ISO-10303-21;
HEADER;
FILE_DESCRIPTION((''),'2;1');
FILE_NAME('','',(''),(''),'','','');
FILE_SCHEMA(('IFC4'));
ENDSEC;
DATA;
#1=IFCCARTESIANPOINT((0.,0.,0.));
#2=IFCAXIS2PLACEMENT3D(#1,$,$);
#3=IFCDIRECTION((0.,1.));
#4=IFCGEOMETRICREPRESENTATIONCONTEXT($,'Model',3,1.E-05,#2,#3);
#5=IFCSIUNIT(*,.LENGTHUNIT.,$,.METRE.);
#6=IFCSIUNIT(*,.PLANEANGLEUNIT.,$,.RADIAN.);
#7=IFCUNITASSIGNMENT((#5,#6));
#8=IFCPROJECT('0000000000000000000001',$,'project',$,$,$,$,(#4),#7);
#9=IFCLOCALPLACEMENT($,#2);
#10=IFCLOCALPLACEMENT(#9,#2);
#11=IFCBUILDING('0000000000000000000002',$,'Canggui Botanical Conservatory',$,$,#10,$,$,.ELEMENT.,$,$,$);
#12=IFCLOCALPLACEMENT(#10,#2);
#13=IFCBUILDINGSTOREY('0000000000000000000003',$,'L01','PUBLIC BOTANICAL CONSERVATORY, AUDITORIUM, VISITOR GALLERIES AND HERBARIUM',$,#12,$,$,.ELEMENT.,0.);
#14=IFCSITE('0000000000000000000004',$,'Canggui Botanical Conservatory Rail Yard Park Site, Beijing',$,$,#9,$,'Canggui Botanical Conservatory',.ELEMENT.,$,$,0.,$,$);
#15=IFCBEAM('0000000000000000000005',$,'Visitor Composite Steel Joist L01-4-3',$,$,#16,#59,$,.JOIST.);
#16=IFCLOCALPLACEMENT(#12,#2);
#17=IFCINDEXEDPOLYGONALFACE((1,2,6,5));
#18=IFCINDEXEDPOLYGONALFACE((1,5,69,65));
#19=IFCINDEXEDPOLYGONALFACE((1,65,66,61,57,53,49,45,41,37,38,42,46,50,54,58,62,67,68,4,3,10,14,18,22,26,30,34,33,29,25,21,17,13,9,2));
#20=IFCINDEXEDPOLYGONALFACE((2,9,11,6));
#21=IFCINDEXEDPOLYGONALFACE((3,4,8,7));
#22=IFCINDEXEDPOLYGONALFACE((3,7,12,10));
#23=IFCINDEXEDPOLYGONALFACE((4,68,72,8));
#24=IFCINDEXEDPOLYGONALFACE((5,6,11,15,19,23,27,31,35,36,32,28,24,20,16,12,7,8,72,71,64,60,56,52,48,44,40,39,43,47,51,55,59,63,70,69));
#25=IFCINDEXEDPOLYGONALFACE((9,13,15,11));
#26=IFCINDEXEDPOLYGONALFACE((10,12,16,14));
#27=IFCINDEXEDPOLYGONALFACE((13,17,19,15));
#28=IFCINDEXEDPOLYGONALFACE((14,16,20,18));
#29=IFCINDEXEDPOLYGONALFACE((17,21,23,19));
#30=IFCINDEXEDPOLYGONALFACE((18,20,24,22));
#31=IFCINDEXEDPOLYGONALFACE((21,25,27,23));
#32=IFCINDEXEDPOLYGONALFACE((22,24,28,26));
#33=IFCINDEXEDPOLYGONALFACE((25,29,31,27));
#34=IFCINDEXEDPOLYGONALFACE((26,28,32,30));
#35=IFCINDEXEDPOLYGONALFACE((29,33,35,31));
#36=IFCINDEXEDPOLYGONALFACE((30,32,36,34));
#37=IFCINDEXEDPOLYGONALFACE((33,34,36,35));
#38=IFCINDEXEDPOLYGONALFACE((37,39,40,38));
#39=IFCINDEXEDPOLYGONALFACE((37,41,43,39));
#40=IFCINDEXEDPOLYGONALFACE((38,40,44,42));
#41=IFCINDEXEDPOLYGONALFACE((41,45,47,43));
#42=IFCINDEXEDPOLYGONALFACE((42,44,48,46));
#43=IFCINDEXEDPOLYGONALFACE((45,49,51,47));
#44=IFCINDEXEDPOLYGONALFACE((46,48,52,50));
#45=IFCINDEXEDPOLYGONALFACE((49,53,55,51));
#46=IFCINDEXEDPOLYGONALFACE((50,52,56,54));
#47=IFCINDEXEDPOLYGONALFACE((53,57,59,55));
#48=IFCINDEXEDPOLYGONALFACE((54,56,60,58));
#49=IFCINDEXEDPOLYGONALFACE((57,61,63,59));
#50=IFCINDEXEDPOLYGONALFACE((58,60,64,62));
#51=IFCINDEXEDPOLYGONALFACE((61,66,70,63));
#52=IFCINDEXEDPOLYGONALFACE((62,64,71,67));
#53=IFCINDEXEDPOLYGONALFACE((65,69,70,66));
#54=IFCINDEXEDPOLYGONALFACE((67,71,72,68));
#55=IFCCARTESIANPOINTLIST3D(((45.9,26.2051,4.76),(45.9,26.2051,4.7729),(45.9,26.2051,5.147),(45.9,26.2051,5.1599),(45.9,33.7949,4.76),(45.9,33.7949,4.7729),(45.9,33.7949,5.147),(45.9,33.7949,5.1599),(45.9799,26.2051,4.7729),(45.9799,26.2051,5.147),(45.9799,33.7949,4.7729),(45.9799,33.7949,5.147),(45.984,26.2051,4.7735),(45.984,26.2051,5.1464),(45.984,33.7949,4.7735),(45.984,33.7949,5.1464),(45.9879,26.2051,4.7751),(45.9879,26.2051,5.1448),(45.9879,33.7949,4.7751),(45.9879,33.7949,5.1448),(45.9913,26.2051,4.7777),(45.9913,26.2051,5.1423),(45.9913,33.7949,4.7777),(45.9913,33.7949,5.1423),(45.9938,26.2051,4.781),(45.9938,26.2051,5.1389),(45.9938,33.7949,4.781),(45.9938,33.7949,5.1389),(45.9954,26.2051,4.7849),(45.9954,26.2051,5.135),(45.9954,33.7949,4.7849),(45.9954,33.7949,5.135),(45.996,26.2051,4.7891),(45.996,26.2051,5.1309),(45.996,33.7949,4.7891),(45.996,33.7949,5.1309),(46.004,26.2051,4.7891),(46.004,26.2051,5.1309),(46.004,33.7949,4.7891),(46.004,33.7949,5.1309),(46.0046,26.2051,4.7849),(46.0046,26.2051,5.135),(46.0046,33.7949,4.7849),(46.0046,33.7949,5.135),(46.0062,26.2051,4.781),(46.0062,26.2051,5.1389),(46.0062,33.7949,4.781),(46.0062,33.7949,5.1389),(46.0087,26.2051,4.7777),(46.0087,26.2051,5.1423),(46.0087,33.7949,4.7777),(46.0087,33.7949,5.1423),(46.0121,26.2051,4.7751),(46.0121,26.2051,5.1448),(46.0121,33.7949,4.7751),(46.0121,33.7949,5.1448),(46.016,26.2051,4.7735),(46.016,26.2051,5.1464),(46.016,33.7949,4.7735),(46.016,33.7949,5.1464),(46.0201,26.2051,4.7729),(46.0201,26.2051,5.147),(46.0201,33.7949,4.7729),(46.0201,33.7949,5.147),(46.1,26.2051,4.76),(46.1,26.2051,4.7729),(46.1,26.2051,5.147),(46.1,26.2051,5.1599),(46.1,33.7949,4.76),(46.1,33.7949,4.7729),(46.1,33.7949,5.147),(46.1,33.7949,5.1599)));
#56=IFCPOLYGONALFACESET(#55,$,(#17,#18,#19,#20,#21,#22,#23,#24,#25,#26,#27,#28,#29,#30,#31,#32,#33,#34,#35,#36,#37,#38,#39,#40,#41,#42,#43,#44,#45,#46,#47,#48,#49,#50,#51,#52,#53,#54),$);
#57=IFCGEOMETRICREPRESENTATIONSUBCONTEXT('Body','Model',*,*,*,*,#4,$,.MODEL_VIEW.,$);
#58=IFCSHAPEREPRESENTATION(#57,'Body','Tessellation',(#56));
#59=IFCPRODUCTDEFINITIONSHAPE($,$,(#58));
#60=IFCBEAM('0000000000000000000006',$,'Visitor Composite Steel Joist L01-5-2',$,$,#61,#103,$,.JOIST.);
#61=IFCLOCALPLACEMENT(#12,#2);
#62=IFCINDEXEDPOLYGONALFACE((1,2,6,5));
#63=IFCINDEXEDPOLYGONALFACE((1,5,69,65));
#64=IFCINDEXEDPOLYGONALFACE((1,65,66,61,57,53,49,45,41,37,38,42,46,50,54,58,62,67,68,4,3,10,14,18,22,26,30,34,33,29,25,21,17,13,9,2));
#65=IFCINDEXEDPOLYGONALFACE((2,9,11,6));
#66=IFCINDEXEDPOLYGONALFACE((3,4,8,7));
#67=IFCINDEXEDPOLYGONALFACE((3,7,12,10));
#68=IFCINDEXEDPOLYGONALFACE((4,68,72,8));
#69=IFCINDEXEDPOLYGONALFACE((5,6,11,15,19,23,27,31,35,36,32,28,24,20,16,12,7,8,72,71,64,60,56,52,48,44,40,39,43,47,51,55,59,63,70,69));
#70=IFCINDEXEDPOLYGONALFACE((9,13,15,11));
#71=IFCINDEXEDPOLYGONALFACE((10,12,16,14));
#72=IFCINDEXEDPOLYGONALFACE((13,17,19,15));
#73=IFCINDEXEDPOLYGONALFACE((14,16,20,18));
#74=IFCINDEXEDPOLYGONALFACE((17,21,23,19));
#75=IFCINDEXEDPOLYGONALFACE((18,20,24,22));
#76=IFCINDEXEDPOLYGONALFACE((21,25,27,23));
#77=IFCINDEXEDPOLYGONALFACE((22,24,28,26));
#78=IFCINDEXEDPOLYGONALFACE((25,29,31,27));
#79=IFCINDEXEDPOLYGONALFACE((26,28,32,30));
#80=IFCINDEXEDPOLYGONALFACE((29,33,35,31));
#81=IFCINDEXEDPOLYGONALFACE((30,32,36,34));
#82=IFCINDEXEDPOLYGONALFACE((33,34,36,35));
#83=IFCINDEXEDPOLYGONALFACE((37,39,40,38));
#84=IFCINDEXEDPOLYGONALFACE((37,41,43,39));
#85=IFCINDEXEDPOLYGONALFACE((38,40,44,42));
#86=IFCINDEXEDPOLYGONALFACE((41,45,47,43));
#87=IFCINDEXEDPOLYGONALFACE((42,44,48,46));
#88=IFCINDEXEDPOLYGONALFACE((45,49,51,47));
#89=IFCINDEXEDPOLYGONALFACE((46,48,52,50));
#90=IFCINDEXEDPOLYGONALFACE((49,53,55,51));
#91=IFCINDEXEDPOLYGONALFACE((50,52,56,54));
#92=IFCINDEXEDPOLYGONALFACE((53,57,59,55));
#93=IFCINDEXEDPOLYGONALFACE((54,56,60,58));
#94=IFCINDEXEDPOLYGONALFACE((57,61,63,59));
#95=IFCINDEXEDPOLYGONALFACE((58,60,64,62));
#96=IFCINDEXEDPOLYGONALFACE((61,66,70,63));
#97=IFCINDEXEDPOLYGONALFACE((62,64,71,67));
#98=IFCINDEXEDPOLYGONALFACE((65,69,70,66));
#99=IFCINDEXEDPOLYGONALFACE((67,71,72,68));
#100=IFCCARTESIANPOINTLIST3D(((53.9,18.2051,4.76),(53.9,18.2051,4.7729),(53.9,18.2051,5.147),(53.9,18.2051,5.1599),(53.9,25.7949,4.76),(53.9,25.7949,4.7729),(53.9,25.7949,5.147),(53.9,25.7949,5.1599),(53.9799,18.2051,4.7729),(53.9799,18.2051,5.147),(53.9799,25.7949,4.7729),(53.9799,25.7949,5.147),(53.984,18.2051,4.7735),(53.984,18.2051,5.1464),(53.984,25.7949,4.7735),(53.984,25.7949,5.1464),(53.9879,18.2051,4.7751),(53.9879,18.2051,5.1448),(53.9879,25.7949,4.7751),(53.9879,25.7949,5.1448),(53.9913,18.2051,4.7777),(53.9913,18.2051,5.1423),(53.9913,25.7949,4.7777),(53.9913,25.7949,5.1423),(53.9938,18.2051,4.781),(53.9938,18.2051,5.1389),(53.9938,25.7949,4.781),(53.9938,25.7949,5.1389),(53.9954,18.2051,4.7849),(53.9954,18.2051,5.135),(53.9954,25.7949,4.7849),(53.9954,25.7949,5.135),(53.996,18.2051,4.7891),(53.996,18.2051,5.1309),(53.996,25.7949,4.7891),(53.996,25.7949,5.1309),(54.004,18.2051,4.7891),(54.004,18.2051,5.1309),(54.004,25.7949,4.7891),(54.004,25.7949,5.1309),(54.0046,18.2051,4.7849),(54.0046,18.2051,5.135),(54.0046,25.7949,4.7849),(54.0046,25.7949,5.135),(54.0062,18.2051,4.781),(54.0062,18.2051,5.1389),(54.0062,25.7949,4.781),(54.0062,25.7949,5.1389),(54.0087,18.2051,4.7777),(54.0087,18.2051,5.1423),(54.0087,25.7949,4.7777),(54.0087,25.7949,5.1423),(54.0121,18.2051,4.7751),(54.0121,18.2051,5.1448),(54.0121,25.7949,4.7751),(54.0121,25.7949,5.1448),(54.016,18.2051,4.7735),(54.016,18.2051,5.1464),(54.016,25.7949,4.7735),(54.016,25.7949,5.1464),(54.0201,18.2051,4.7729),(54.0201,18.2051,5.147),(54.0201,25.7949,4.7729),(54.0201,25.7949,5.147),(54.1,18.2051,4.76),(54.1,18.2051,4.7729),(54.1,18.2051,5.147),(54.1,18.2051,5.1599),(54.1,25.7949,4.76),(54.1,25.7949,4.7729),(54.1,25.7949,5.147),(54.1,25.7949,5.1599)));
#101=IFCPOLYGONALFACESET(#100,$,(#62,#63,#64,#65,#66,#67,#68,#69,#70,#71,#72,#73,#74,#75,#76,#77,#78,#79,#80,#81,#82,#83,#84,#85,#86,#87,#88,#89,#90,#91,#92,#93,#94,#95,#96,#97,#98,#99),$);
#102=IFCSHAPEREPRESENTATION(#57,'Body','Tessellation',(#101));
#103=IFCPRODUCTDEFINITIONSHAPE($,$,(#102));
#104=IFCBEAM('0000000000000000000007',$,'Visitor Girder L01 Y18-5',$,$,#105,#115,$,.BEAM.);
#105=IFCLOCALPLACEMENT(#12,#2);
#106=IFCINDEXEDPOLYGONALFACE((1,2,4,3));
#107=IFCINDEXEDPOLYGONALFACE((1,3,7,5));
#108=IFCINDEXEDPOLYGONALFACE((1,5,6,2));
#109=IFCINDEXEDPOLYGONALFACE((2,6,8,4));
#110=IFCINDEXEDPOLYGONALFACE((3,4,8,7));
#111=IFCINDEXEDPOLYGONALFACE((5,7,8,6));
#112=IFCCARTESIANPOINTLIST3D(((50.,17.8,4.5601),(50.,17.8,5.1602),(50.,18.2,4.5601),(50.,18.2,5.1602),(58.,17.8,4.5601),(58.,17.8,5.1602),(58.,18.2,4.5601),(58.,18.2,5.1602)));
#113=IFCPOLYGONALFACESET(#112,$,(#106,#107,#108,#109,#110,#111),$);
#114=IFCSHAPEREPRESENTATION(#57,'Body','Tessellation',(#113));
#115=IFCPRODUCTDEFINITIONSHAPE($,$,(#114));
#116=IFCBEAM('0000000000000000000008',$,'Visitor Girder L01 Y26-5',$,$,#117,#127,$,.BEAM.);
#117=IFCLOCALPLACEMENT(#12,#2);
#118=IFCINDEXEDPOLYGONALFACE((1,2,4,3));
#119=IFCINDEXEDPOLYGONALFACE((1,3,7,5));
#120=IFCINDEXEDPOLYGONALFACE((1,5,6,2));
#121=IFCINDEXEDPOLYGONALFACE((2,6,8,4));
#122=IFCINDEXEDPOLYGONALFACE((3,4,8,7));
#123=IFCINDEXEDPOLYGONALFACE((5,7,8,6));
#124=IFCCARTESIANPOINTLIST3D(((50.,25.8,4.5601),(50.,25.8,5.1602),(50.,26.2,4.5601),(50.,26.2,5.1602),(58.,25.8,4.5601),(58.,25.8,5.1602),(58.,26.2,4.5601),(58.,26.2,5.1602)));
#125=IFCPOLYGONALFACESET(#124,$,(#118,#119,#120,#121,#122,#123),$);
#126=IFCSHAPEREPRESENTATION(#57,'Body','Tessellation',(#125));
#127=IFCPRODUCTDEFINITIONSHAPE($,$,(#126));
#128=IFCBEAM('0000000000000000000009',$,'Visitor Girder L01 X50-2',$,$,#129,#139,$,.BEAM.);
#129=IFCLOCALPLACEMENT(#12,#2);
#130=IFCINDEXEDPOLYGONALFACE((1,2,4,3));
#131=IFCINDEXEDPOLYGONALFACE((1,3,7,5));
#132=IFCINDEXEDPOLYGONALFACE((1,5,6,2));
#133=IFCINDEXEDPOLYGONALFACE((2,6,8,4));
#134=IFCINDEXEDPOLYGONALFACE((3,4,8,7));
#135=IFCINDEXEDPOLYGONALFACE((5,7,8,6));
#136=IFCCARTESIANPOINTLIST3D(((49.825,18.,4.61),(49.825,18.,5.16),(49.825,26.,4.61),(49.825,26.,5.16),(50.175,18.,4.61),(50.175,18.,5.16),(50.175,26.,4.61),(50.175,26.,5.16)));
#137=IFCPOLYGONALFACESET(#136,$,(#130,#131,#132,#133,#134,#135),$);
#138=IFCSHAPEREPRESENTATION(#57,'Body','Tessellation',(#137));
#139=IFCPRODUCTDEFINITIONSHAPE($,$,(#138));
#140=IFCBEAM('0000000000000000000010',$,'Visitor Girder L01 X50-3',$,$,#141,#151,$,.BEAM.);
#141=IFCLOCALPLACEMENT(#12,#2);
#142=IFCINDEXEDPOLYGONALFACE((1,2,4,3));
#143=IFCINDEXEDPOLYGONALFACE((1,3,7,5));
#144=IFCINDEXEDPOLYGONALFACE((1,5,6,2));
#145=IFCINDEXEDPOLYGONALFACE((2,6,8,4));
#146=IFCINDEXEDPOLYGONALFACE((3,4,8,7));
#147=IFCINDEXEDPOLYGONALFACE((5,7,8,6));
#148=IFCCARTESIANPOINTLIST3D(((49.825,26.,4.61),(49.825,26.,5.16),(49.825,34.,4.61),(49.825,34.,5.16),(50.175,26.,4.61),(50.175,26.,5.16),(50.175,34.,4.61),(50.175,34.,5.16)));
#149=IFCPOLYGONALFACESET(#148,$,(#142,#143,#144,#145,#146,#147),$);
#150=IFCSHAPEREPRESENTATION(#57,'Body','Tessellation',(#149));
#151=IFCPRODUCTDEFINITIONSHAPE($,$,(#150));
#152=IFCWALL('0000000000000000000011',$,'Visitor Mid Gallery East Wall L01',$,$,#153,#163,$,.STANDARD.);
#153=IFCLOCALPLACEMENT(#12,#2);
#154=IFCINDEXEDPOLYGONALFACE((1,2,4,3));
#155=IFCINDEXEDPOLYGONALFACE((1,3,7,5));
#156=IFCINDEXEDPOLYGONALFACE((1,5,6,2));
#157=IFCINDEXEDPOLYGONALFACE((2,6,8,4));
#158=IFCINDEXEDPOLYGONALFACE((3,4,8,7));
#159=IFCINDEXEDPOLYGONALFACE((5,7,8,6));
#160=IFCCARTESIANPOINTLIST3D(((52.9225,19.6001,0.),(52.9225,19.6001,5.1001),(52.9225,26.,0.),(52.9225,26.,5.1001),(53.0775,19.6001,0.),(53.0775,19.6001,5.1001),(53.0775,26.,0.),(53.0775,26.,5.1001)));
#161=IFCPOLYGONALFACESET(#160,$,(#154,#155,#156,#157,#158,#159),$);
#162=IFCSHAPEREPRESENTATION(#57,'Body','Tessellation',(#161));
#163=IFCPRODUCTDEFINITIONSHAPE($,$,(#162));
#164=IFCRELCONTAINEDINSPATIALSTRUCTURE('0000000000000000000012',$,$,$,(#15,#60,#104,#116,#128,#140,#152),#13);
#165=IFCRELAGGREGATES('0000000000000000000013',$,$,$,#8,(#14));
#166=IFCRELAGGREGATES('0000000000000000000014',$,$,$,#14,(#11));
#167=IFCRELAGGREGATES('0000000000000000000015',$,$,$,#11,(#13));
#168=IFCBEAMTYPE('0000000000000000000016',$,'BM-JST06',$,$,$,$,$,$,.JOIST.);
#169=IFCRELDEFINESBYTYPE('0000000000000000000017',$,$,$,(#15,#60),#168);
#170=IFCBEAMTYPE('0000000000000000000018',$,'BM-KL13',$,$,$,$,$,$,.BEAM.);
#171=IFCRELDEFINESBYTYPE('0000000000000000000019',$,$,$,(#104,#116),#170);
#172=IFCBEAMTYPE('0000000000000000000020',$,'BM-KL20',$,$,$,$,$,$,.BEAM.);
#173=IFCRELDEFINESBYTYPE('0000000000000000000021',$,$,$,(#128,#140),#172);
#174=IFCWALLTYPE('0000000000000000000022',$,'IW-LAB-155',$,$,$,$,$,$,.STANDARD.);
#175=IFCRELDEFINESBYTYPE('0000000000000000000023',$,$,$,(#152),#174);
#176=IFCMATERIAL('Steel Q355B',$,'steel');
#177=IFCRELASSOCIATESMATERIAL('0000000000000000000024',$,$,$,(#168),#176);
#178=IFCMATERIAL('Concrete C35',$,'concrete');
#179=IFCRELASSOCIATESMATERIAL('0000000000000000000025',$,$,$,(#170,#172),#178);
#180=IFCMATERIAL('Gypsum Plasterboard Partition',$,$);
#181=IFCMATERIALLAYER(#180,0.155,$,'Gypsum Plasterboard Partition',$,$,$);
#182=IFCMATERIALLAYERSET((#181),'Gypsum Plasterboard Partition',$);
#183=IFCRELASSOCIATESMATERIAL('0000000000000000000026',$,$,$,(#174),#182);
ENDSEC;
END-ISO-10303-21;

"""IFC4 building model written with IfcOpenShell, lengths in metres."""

from ifc_helpers import new_model, si_unit, direction, frame, frame_2d, origin, origin_2d, place, context, subcontext, project, spatial, rectangle, i_section, extrude, material, layer, layer_set, material_profile, profile_set, type_object, element, save


model = new_model("IFC4")

# Units and contexts
model_context = context("Model", 3, precision=1e-05, world=origin(), true_north=direction((0.0, 1.0)))
body_context = subcontext(model_context, "Body", "Model", "MODEL_VIEW")
ifc_project = project(units=[si_unit("LENGTHUNIT", "METRE"), si_unit("PLANEANGLEUNIT", "RADIAN")], contexts=[model_context])

# Site, building, storey
site_placement = place(None, origin())
site = spatial("IfcSite", under=ifc_project, at=site_placement, Name="Canggui Botanical Conservatory Rail Yard Park Site, Beijing", LongName="Canggui Botanical Conservatory", CompositionType="ELEMENT", RefElevation=0.0)
building_placement = place(site_placement, origin())
building = spatial("IfcBuilding", under=site, at=building_placement, Name="Canggui Botanical Conservatory", CompositionType="ELEMENT")
storey_placement = place(building_placement, origin())
storey = spatial("IfcBuildingStorey", under=building, at=storey_placement, Name="L01", Description="PUBLIC BOTANICAL CONSERVATORY, AUDITORIUM, VISITOR GALLERIES AND HERBARIUM", CompositionType="ELEMENT", Elevation=0.0)

# Shared definitions
ifc_material_1 = material(Name="Concrete C35", Category="concrete")

# Beams
ifc_material_2 = material(Name="Steel Q355B", Category="steel")
ifc_material_profile_1 = material_profile(ifc_material_2, i_section(OverallWidth=0.2, OverallDepth=0.3999, WebThickness=0.0081, FlangeThickness=0.0129, FilletRadius=0.0161, at=origin_2d()), Name="HN 400x200x8x13")
ifc_profile_set_1 = profile_set([ifc_material_profile_1], Name="Steel Q355B")
beam_type_1 = type_object("IfcBeamType", Name="BM-JST06", PredefinedType="JOIST", material=ifc_profile_set_1)
for number, where, z_axis, x_axis, name in (
    (1, (46.0, 26.2051, 4.96), (0.0, 1.0, 0.0), (-1.0, 0.0, 0.0), "Visitor Composite Steel Joist L01-4-3"),
    (2, (54.0, 18.2051, 4.96), (0.0, 1.0, 0.0), (-1.0, 0.0, 0.0), "Visitor Composite Steel Joist L01-5-2"),
):
    element("IfcBeam", number, at=place(storey_placement, frame(where, z_axis=z_axis, x_axis=x_axis)), inside=storey, type_object=beam_type_1, Name=name, PredefinedType="JOIST", context=body_context, shape_type="SweptSolid", body=[
        extrude(i_section(OverallWidth=0.2, OverallDepth=0.3999, WebThickness=0.0081, FlangeThickness=0.0129, FilletRadius=0.0161, at=origin_2d()), origin(), (0.0, 0.0, 1.0), 7.5898),
    ])
ifc_material_profile_2 = material_profile(ifc_material_1, rectangle(XDim=0.3999, YDim=0.6001, at=origin_2d()), Name="RB 400x600")
ifc_profile_set_2 = profile_set([ifc_material_profile_2], Name="Concrete C35")
beam_type_2 = type_object("IfcBeamType", Name="BM-KL13", PredefinedType="BEAM", material=ifc_profile_set_2)
for number, where, z_axis, x_axis, name in (
    (3, (50.0, 18.0, 4.8601), (1.0, 0.0, 0.0), (0.0, 1.0, 0.0), "Visitor Girder L01 Y18-5"),
    (4, (50.0, 26.0, 4.8601), (1.0, 0.0, 0.0), (0.0, 1.0, 0.0), "Visitor Girder L01 Y26-5"),
):
    element("IfcBeam", number, at=place(storey_placement, frame(where, z_axis=z_axis, x_axis=x_axis)), inside=storey, type_object=beam_type_2, Name=name, PredefinedType="BEAM", context=body_context, shape_type="SweptSolid", body=[
        extrude(rectangle(XDim=0.3999, YDim=0.6001, at=origin_2d()), origin(), (0.0, 0.0, 1.0), 8.0),
    ])
ifc_material_profile_3 = material_profile(ifc_material_1, rectangle(XDim=0.3501, YDim=0.55, at=origin_2d()), Name="RB 350x550")
ifc_profile_set_3 = profile_set([ifc_material_profile_3], Name="Concrete C35")
beam_type_3 = type_object("IfcBeamType", Name="BM-KL20", PredefinedType="BEAM", material=ifc_profile_set_3)
for number, where, z_axis, x_axis, name in (
    (5, (50.0, 18.0, 4.885), (0.0, 1.0, 0.0), (-1.0, 0.0, 0.0), "Visitor Girder L01 X50-2"),
    (6, (50.0, 26.0, 4.885), (0.0, 1.0, 0.0), (-1.0, 0.0, 0.0), "Visitor Girder L01 X50-3"),
):
    element("IfcBeam", number, at=place(storey_placement, frame(where, z_axis=z_axis, x_axis=x_axis)), inside=storey, type_object=beam_type_3, Name=name, PredefinedType="BEAM", context=body_context, shape_type="SweptSolid", body=[
        extrude(rectangle(XDim=0.3501, YDim=0.55, at=origin_2d()), origin(), (0.0, 0.0, 1.0), 8.0),
    ])

# Wall
ifc_material_3 = material(Name="Gypsum Plasterboard Partition")
ifc_layer = layer(ifc_material_3, 0.155, Name="Gypsum Plasterboard Partition")
ifc_layer_set = layer_set([ifc_layer], Name="Gypsum Plasterboard Partition")
wall_type = type_object("IfcWallType", Name="IW-LAB-155", PredefinedType="STANDARD", material=ifc_layer_set)
wall_placement = place(storey_placement, frame((53.0, 19.6001, 0.0), z_axis=(0.0, 0.0, 1.0), x_axis=(0.0, 1.0, 0.0)))
element("IfcWall", 7, at=wall_placement, inside=storey, type_object=wall_type, Name="Visitor Mid Gallery East Wall L01", PredefinedType="STANDARD", context=body_context, shape_type="SweptSolid", body=[
    extrude(rectangle(XDim=6.3999, YDim=0.155, at=frame_2d((3.2, 0.0))), origin(), (0.0, 0.0, 1.0), 5.1001),
])

save(model, "model.ifc")
